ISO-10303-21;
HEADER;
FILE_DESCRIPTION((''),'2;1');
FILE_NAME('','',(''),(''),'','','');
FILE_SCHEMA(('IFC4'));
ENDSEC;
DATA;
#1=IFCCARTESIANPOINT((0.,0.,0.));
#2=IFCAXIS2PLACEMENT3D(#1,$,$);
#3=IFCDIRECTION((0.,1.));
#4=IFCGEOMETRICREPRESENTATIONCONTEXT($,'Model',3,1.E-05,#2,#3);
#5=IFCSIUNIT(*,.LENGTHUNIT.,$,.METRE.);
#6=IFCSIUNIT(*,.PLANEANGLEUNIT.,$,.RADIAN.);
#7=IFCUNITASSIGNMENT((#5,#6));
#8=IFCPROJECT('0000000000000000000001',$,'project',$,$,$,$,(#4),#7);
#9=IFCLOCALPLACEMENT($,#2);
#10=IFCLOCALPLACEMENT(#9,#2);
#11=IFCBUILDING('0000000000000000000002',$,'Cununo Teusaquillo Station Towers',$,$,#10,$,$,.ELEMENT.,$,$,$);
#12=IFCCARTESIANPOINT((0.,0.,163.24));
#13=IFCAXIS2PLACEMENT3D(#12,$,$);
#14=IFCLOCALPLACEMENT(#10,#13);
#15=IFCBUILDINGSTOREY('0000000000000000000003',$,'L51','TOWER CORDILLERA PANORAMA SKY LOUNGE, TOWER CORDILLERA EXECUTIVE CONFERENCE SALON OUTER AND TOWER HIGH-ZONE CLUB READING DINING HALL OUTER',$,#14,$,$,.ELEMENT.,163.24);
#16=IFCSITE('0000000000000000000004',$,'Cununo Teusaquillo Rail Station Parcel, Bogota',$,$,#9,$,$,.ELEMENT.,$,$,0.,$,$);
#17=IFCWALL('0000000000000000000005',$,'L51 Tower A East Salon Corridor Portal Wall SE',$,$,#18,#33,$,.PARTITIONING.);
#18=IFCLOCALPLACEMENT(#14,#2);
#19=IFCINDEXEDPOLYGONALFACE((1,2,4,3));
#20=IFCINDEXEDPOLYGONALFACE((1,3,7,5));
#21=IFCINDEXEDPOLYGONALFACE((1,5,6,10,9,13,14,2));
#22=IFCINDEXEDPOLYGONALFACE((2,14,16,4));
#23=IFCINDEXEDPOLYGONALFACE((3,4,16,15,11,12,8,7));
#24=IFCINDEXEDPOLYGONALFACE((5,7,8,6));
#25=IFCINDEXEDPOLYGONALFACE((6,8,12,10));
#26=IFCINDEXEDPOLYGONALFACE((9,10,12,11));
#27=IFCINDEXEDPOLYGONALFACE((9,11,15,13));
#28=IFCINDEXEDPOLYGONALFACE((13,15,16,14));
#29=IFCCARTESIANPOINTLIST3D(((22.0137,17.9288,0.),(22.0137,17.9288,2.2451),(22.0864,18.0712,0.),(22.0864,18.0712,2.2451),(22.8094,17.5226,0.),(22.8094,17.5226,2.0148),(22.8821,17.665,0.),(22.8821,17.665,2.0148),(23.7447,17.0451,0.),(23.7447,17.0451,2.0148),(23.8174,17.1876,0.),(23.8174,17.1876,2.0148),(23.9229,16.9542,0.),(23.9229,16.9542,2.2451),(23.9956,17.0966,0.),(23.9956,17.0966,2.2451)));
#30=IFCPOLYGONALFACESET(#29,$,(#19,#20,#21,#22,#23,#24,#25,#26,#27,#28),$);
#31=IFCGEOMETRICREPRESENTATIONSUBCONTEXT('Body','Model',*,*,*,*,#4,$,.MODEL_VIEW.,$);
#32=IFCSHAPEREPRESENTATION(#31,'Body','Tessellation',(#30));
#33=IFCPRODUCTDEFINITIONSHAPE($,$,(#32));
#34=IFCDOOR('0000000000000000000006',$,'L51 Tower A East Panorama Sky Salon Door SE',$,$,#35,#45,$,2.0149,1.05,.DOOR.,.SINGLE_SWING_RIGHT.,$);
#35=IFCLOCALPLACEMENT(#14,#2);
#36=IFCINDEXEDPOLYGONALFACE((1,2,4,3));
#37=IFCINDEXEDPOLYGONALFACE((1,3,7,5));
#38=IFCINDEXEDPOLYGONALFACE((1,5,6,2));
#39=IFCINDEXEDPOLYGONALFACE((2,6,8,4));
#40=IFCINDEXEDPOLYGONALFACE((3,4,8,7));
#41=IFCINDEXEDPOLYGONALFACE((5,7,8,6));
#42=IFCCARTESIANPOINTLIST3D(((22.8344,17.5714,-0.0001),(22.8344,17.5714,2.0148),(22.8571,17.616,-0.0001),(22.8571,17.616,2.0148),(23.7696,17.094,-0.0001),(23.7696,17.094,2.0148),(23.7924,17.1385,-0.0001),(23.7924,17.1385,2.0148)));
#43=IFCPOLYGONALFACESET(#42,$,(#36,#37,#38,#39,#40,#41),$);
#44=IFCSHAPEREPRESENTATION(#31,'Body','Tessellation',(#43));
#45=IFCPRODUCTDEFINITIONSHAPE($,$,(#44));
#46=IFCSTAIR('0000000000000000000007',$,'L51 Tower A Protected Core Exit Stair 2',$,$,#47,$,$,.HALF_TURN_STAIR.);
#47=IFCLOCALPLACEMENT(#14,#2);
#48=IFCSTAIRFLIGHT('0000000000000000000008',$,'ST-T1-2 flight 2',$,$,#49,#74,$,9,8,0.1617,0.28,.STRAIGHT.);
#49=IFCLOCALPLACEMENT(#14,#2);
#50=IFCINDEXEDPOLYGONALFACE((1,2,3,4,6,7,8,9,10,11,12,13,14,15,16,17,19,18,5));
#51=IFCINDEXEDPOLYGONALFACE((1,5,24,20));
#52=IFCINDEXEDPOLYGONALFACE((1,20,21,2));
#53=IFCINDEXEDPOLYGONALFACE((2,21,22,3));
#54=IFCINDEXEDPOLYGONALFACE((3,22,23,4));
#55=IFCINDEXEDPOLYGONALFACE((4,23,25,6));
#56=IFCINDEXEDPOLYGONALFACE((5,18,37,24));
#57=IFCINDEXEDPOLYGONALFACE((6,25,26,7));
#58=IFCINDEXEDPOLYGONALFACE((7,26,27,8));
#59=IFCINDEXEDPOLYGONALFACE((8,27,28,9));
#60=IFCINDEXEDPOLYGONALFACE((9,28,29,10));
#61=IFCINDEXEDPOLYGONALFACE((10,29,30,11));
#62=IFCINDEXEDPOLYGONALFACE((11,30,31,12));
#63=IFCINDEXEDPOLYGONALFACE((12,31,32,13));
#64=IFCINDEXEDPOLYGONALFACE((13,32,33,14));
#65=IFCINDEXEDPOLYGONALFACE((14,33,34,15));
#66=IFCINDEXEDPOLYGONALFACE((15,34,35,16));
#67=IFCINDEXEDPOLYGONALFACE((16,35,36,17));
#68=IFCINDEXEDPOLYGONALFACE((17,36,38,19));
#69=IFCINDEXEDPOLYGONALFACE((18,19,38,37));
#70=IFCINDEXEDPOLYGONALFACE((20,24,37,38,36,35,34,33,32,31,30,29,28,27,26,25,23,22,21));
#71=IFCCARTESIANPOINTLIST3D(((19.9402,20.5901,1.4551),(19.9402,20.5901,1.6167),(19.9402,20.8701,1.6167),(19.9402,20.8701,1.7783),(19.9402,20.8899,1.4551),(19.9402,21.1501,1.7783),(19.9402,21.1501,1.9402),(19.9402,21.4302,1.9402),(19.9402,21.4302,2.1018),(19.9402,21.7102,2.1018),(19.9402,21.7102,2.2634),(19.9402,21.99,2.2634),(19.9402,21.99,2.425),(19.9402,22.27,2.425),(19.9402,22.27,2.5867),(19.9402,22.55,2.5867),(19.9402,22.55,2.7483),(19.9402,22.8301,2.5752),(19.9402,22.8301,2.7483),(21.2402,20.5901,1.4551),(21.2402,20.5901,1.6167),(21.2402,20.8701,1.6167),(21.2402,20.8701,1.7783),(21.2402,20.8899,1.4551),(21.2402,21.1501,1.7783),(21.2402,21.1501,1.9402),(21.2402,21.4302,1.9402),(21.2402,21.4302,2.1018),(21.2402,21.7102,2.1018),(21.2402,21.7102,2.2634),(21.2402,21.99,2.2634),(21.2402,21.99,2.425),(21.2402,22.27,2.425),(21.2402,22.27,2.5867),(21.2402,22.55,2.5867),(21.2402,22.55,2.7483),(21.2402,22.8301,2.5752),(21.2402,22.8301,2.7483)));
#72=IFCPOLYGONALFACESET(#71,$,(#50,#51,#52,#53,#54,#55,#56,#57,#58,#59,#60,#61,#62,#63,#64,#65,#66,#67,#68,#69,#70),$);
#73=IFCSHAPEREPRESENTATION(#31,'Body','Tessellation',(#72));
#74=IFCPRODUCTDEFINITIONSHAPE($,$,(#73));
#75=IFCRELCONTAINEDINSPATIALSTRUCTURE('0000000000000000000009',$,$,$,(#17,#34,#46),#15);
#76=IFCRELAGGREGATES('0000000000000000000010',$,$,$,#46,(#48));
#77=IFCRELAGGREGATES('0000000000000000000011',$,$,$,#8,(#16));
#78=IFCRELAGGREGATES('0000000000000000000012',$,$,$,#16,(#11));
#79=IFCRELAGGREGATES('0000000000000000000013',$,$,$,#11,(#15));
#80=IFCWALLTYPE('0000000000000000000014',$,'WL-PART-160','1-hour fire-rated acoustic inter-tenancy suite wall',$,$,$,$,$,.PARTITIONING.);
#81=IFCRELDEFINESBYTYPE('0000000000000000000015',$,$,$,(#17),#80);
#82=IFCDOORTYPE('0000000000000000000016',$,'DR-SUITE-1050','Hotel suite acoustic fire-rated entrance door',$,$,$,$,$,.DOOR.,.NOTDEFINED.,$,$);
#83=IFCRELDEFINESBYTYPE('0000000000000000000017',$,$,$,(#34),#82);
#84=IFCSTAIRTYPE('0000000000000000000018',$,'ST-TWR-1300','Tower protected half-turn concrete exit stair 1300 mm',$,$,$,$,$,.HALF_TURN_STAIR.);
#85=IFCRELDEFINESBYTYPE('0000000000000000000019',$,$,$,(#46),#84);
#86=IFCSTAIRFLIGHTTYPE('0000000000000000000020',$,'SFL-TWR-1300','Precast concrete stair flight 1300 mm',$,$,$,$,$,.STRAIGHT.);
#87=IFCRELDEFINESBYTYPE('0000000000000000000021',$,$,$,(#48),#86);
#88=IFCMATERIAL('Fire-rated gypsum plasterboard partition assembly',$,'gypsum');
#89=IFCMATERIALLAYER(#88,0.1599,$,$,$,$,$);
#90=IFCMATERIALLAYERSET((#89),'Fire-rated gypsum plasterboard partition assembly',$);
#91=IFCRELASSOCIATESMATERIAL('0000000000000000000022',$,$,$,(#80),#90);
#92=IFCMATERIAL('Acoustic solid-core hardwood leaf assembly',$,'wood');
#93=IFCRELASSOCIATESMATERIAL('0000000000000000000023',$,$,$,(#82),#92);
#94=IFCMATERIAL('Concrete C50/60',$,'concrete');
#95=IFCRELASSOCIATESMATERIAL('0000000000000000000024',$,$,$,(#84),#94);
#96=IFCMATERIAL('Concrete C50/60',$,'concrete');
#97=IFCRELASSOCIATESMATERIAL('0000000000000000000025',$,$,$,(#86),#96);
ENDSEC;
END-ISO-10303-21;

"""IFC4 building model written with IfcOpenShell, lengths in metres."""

from ifc_helpers import new_model, si_unit, direction, frame, frame_2d, origin, place, context, subcontext, project, spatial, polyline, rectangle, outline, extrude, source, transform, mapped, material, layer, layer_set, type_object, element, fill, aggregate, save


model = new_model("IFC4")

# Units and contexts
model_context = context("Model", 3, precision=1e-05, world=origin(), true_north=direction((0.0, 1.0)))
body_context = subcontext(model_context, "Body", "Model", "MODEL_VIEW")
ifc_project = project(units=[si_unit("LENGTHUNIT", "METRE"), si_unit("PLANEANGLEUNIT", "RADIAN")], contexts=[model_context])

# Site, building, storey
site_placement = place(None, origin())
site = spatial("IfcSite", under=ifc_project, at=site_placement, Name="Cununo Teusaquillo Rail Station Parcel, Bogota", CompositionType="ELEMENT", RefElevation=0.0)
building_placement = place(site_placement, origin())
building = spatial("IfcBuilding", under=site, at=building_placement, Name="Cununo Teusaquillo Station Towers", CompositionType="ELEMENT")
storey_placement = place(building_placement, frame((0.0, 0.0, 163.24)))
storey = spatial("IfcBuildingStorey", under=building, at=storey_placement, Name="L51", Description="TOWER CORDILLERA PANORAMA SKY LOUNGE, TOWER CORDILLERA EXECUTIVE CONFERENCE SALON OUTER AND TOWER HIGH-ZONE CLUB READING DINING HALL OUTER", CompositionType="ELEMENT", Elevation=163.24)

# Wall, opening, door
ifc_material_1 = material(Name="Fire-rated gypsum plasterboard partition assembly", Category="gypsum")
ifc_layer_1 = layer(ifc_material_1, 0.1599)
ifc_layer_set_1 = layer_set([ifc_layer_1], Name="Fire-rated gypsum plasterboard partition assembly")
wall_type_1 = type_object("IfcWallType", Name="WL-PART-160", Description="1-hour fire-rated acoustic inter-tenancy suite wall", PredefinedType="PARTITIONING", material=ifc_layer_set_1)
wall_1_placement = place(storey_placement, frame((22.05, 18.0, 0.0), z_axis=(0.0, 0.0, 1.0), x_axis=(0.89066, -0.45467, 0.0)))
wall_1 = element("IfcWall", 1, at=wall_1_placement, inside=storey, type_object=wall_type_1, Name="L51 Tower A East Salon Corridor Portal Wall SE", PredefinedType="PARTITIONING", context=body_context, shape_type="SweptSolid", body=[
    extrude(rectangle(XDim=2.1436, YDim=0.1599, at=frame_2d((1.0718, 0.0))), origin(), (0.0, 0.0, 1.0), 2.2451),
])
shared_shape_1 = source(origin(), body_context, "Body", "SweptSolid", [
    extrude(rectangle(XDim=1.05, YDim=2.0149, at=frame_2d((0.5249, 1.0073))), frame((0.0, 0.0898, 0.0), z_axis=(0.0, -1.0, 0.0), x_axis=(1.0, 0.0, 0.0)), (0.0, 0.0, 1.0), 0.1799),
])
opening_placement = place(wall_1_placement, frame((0.8936, 0.0, 0.0)))
opening = element("IfcOpeningElement", 2, at=opening_placement, cuts=wall_1, PredefinedType="OPENING", context=body_context, shape_type="MappedRepresentation", body=[
    mapped(shared_shape_1, transform((0.0, 0.0, 0.0), x_axis=(1.0, 0.0, 0.0), y_axis=(0.0, 1.0, 0.0), z_axis=(0.0, 0.0, 1.0), scale=1.0)),
])
ifc_material_2 = material(Name="Acoustic solid-core hardwood leaf assembly", Category="wood")
door_type = type_object("IfcDoorType", Name="DR-SUITE-1050", Description="Hotel suite acoustic fire-rated entrance door", OperationType="NOTDEFINED", PredefinedType="DOOR", material=ifc_material_2)
shared_shape_2 = source(origin(), body_context, "Body", "SweptSolid", [
    extrude(rectangle(XDim=1.05, YDim=2.0149, at=frame_2d((0.5249, 1.0073))), frame((0.0, 0.0249, 0.0), z_axis=(0.0, -1.0, 0.0), x_axis=(1.0, 0.0, 0.0)), (0.0, 0.0, 1.0), 0.05),
])
door_placement = place(opening_placement, origin())
door = element("IfcDoor", 3, at=door_placement, inside=storey, type_object=door_type, Name="L51 Tower A East Panorama Sky Salon Door SE", OperationType="SINGLE_SWING_RIGHT", OverallHeight=2.0149, OverallWidth=1.05, PredefinedType="DOOR", context=body_context, shape_type="MappedRepresentation", body=[
    mapped(shared_shape_2, transform((0.0, 0.0, 0.0), x_axis=(1.0, 0.0, 0.0), y_axis=(0.0, 1.0, 0.0), z_axis=(0.0, 0.0, 1.0), scale=1.0)),
])
fill(opening, door)

# Stair, stair flight
ifc_material_3 = material(Name="Concrete C50/60", Category="concrete")
stair_type = type_object("IfcStairType", Name="ST-TWR-1300", Description="Tower protected half-turn concrete exit stair 1300 mm", PredefinedType="HALF_TURN_STAIR", material=ifc_material_3)
stair_placement = place(storey_placement, origin())
stair = element("IfcStair", 4, at=stair_placement, inside=storey, type_object=stair_type, Name="L51 Tower A Protected Core Exit Stair 2", PredefinedType="HALF_TURN_STAIR")
ifc_material_4 = material(Name="Concrete C50/60", Category="concrete")
stair_flight_type = type_object("IfcStairFlightType", Name="SFL-TWR-1300", Description="Precast concrete stair flight 1300 mm", PredefinedType="STRAIGHT", material=ifc_material_4)
stair_flight_placement = place(storey_placement, frame((20.5901, 20.5901, 1.4551), z_axis=(0.0, 0.0, 1.0), x_axis=(0.0, 1.0, 0.0)))
stair_flight = element("IfcStairFlight", 5, at=stair_flight_placement, type_object=stair_flight_type, Name="ST-T1-2 flight 2", NumberOfRisers=9, NumberOfTreads=8, PredefinedType="STRAIGHT", RiserHeight=0.1617, TreadLength=0.28, context=body_context, shape_type="SweptSolid", body=[
    extrude(outline(polyline([(0.0, 0.0), (0.0, 0.1616), (0.28, 0.1616), (0.28, 0.3232), (0.5601, 0.3232), (0.5601, 0.4851), (0.8401, 0.4851), (0.8401, 0.6467), (1.1201, 0.6467), (1.1201, 0.8083), (1.3999, 0.8083), (1.3999, 0.97), (1.6799, 0.97), (1.6799, 1.1316), (1.96, 1.1316), (1.96, 1.2932), (2.24, 1.2932), (2.24, 1.4551), (2.24, 1.1201), (0.2998, 0.0), (0.0, 0.0)])), frame((0.0, 0.6499, 0.0), z_axis=(0.0, -1.0, 0.0), x_axis=(1.0, 0.0, 0.0)), (0.0, 0.0, 1.0), 1.3),
])
aggregate(stair, [stair_flight])

save(model, "model.ifc")
